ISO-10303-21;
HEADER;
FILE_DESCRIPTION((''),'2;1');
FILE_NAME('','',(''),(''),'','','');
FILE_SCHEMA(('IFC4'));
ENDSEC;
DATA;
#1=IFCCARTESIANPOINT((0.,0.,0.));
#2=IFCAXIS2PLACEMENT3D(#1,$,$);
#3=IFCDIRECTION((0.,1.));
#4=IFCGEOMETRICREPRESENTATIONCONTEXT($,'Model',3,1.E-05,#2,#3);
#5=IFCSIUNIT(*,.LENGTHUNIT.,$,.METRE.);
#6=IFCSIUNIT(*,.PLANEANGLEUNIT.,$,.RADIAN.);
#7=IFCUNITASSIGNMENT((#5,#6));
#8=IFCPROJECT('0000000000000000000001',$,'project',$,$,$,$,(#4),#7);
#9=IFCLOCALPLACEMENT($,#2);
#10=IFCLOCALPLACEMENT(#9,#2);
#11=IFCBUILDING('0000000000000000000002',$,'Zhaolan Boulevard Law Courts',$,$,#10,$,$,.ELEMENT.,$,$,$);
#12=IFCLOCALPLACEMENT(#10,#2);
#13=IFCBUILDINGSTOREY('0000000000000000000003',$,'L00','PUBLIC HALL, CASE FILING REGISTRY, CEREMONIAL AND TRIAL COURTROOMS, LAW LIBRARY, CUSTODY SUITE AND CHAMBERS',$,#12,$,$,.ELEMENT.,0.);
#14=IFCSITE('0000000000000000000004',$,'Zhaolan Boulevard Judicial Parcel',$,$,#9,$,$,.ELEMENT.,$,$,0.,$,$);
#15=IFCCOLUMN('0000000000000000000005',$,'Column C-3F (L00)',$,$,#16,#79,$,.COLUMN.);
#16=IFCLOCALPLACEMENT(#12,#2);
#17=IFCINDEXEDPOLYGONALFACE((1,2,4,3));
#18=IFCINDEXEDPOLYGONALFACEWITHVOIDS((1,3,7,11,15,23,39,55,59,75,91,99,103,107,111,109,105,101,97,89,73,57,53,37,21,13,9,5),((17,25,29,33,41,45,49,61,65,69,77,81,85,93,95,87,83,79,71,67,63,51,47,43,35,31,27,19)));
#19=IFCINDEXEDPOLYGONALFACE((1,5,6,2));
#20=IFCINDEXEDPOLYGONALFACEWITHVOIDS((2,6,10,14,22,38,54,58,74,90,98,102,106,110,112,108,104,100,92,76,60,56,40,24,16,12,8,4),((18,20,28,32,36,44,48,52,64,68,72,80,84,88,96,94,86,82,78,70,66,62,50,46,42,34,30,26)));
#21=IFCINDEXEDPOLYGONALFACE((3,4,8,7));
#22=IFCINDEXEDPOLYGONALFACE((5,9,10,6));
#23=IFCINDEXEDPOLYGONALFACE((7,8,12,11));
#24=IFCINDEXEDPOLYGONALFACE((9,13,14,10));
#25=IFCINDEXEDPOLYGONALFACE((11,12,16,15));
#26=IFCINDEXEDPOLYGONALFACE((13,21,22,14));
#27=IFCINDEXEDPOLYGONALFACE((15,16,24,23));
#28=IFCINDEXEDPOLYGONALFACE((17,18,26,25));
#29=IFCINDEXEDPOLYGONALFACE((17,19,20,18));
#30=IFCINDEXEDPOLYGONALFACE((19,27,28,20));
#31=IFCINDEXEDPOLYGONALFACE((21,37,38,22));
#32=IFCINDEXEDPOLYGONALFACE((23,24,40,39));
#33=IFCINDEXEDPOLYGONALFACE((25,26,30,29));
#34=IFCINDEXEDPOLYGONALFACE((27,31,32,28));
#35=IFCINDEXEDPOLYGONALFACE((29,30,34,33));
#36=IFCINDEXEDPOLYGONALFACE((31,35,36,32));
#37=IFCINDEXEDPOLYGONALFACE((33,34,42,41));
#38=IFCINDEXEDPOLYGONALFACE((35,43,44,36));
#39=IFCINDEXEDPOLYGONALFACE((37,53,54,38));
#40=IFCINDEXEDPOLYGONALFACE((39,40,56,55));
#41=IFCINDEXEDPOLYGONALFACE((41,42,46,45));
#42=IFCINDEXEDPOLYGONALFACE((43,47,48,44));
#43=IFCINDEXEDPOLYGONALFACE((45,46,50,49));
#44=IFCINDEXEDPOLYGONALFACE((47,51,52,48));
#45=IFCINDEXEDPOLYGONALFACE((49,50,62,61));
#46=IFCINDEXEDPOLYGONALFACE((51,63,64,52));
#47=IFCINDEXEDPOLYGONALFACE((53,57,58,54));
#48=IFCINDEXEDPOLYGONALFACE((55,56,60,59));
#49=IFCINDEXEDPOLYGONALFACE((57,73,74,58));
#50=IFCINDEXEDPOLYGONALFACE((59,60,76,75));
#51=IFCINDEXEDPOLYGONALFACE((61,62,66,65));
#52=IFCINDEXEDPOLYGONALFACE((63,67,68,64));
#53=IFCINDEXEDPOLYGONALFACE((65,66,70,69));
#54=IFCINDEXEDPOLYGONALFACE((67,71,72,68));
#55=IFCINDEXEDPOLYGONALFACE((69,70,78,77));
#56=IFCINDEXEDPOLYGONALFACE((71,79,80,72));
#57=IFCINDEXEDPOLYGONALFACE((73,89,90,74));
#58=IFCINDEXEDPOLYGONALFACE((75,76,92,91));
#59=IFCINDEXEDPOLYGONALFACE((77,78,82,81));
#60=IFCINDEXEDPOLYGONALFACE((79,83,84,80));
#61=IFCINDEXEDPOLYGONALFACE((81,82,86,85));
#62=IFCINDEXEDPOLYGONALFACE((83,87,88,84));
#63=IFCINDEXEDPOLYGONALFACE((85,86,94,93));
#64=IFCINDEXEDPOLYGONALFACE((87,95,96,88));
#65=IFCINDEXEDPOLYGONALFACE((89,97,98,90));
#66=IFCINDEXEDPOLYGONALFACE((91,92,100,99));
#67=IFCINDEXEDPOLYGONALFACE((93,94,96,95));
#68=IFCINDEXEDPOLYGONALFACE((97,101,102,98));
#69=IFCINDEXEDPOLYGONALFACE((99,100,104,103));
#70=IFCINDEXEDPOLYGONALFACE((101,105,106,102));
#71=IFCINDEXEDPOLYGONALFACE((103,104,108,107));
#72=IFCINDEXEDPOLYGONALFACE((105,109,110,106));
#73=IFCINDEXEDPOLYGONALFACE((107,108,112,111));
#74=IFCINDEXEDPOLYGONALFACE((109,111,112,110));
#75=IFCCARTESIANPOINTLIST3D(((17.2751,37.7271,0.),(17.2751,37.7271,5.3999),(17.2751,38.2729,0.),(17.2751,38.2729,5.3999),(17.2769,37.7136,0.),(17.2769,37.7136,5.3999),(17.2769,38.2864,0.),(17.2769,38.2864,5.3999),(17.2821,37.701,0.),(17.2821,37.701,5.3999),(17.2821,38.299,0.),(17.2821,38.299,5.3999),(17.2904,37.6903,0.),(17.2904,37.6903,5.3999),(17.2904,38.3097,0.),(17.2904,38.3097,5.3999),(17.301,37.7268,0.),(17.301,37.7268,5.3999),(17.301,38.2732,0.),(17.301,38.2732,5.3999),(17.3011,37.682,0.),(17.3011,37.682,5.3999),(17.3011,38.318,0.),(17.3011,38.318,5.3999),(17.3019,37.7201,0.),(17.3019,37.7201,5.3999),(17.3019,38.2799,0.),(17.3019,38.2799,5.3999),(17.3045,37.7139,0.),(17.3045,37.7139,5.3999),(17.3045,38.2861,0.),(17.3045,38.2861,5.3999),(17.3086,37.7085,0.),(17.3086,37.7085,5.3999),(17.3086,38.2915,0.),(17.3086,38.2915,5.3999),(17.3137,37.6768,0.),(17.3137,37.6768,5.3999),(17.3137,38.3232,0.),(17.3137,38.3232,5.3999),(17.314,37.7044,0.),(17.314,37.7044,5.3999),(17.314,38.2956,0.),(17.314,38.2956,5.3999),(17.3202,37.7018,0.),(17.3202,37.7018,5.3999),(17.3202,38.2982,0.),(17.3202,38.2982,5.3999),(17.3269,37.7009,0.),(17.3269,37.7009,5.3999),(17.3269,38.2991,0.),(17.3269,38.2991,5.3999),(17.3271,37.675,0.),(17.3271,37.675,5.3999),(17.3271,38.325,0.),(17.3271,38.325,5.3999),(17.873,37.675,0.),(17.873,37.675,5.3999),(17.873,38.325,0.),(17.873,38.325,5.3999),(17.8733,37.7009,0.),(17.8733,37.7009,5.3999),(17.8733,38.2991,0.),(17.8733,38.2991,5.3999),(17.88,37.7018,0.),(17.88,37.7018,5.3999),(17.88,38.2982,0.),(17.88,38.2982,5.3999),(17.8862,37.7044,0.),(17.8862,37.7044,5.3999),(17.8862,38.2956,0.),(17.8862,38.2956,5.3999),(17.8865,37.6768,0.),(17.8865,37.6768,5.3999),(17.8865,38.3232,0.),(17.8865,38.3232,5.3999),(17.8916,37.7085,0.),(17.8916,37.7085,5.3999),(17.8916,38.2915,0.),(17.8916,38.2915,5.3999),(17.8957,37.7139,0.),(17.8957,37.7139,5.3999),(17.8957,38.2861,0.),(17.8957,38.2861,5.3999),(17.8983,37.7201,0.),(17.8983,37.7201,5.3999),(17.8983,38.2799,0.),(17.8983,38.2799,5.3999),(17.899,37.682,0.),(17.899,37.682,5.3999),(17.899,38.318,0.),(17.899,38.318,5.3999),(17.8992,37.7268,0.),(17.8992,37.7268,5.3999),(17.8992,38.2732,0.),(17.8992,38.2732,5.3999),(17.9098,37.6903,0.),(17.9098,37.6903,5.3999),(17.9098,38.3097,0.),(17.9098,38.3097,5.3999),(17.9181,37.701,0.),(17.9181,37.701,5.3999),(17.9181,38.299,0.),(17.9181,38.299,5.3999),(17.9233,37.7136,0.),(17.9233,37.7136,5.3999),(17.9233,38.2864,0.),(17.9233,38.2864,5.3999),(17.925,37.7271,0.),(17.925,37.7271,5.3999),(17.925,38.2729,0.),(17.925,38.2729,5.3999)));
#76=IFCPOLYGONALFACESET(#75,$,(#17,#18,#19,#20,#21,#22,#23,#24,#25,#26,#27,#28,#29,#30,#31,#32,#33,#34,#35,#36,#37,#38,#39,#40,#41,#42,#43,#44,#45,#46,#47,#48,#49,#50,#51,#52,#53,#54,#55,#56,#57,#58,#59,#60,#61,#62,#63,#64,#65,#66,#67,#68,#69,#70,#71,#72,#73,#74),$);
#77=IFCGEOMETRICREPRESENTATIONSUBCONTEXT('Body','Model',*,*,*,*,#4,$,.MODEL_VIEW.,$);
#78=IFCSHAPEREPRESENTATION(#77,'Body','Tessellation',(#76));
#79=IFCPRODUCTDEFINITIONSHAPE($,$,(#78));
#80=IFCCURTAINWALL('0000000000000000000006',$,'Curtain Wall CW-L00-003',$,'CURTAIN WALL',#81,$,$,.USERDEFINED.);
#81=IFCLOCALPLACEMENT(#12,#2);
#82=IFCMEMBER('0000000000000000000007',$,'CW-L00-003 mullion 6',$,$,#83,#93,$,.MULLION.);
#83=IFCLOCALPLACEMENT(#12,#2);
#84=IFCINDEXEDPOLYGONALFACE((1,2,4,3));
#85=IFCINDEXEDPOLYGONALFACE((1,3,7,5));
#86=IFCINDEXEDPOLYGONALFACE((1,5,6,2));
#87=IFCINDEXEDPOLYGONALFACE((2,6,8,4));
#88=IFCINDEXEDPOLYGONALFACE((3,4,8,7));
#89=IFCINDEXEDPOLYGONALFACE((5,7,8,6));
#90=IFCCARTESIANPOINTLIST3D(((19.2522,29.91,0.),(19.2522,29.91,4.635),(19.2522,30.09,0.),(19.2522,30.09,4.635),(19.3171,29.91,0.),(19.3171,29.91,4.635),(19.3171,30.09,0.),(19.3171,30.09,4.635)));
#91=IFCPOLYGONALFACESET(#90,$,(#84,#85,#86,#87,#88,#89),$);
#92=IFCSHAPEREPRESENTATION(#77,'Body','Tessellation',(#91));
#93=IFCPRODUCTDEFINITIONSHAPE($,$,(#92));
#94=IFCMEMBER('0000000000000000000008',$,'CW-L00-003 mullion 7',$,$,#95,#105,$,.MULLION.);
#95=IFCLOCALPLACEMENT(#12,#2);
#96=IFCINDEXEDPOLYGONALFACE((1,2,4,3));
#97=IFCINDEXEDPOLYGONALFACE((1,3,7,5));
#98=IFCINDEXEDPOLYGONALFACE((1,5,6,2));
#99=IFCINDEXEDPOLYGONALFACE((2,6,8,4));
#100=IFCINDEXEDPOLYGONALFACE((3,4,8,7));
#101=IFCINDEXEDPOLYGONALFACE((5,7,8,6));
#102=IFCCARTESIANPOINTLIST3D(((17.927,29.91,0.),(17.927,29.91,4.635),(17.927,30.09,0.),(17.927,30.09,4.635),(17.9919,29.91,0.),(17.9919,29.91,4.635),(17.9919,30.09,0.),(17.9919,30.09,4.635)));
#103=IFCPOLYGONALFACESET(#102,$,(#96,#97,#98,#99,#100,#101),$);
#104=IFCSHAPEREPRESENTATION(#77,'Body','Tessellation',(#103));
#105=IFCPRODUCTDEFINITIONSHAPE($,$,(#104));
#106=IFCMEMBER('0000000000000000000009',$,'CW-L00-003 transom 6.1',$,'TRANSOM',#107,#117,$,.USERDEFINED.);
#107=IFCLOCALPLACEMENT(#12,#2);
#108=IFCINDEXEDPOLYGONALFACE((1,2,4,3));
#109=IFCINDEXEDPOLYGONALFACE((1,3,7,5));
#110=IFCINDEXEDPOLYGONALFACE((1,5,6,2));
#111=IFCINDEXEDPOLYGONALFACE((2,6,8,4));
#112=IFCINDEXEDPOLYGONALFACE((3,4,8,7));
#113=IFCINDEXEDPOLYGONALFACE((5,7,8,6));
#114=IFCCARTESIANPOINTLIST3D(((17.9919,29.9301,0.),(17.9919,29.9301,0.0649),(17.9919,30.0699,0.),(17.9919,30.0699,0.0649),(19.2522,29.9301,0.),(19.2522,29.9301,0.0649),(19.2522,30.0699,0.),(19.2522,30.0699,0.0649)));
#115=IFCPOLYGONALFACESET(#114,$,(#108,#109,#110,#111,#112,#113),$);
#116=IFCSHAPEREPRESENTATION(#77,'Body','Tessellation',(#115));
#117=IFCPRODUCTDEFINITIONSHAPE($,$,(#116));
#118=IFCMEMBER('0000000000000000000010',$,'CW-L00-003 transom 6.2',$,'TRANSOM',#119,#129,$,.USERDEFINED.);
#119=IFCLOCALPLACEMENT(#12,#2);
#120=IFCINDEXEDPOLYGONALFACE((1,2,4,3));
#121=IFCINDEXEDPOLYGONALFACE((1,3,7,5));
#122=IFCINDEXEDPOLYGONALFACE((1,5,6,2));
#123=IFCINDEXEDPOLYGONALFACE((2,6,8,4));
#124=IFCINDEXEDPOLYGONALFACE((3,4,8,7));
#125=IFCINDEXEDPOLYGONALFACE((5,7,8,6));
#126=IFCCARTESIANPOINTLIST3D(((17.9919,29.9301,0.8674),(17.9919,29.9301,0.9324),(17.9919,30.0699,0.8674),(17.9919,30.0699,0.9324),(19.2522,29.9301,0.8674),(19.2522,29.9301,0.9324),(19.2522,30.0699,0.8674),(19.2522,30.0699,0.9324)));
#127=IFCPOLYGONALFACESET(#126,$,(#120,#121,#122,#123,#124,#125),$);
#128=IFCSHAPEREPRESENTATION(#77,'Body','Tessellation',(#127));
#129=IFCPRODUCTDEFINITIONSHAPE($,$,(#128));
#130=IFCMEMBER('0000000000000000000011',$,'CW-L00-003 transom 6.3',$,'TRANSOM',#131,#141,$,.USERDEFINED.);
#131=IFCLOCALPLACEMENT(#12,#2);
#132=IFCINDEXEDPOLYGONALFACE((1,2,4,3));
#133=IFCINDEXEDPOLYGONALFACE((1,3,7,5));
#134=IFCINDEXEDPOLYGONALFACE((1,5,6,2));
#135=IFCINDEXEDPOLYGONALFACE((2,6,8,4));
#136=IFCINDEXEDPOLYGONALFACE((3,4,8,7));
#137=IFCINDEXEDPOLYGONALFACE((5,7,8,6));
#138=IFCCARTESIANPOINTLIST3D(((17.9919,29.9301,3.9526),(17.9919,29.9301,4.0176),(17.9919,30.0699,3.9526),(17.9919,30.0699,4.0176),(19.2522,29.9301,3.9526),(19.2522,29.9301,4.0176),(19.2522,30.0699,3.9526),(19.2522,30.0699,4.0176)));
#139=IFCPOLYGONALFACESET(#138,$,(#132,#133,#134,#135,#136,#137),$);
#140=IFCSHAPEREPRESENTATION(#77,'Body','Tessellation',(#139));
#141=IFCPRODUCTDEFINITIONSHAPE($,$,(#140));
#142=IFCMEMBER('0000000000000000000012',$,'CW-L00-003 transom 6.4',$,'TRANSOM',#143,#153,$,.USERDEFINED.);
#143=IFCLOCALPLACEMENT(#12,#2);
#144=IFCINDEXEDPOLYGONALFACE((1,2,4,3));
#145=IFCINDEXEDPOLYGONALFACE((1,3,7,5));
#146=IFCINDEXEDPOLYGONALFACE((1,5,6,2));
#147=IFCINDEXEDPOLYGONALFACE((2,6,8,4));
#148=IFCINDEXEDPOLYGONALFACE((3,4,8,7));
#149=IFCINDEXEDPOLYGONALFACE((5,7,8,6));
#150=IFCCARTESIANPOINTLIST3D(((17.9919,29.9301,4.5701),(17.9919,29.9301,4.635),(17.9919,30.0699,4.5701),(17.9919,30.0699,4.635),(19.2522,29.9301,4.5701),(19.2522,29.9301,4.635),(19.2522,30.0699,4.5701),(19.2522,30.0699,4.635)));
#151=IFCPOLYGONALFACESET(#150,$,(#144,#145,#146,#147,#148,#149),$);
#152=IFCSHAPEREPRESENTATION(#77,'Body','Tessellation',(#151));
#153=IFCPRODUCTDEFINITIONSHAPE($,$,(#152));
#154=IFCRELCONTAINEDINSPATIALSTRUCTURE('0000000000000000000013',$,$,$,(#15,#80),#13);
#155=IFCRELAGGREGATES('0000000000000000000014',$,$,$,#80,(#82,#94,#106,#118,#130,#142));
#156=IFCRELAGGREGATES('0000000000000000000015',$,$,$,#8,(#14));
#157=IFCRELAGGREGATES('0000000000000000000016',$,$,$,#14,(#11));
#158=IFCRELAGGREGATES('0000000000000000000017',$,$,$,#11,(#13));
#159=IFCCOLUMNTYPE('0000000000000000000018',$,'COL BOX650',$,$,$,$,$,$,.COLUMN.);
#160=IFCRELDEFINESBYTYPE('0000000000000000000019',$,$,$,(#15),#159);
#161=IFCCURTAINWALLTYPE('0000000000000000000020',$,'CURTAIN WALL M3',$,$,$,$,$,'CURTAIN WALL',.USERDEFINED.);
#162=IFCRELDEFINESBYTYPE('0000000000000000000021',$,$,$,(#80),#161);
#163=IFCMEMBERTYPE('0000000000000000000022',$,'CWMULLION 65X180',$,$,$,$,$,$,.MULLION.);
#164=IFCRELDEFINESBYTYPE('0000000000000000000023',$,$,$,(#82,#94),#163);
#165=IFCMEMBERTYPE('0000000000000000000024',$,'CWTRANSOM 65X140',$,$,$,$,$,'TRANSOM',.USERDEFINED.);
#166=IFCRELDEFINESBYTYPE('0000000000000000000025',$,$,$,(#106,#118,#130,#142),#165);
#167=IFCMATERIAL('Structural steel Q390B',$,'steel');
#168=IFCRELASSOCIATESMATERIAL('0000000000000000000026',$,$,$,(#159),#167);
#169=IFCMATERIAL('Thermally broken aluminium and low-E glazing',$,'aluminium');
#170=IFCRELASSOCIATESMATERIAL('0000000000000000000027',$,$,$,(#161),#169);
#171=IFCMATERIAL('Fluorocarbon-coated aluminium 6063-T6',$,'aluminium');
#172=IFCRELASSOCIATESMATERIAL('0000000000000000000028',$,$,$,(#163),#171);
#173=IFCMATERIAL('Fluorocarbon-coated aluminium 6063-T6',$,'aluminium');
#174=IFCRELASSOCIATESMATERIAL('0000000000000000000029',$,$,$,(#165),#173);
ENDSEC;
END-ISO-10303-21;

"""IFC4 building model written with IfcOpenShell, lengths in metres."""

from ifc_helpers import new_model, si_unit, direction, frame, origin, origin_2d, place, context, subcontext, project, spatial, rectangle, hollow_rectangle, extrude, material, material_profile, profile_set, type_object, element, aggregate, save


model = new_model("IFC4")

# Units and contexts
model_context = context("Model", 3, precision=1e-05, world=origin(), true_north=direction((0.0, 1.0)))
body_context = subcontext(model_context, "Body", "Model", "MODEL_VIEW")
ifc_project = project(units=[si_unit("LENGTHUNIT", "METRE"), si_unit("PLANEANGLEUNIT", "RADIAN")], contexts=[model_context])

# Site, building, storey
site_placement = place(None, origin())
site = spatial("IfcSite", under=ifc_project, at=site_placement, Name="Zhaolan Boulevard Judicial Parcel", CompositionType="ELEMENT", RefElevation=0.0)
building_placement = place(site_placement, origin())
building = spatial("IfcBuilding", under=site, at=building_placement, Name="Zhaolan Boulevard Law Courts", CompositionType="ELEMENT")
storey_placement = place(building_placement, origin())
storey = spatial("IfcBuildingStorey", under=building, at=storey_placement, Name="L00", Description="PUBLIC HALL, CASE FILING REGISTRY, CEREMONIAL AND TRIAL COURTROOMS, LAW LIBRARY, CUSTODY SUITE AND CHAMBERS", CompositionType="ELEMENT", Elevation=0.0)

# Column
ifc_material_1 = material(Name="Structural steel Q390B", Category="steel")
ifc_material_profile_1 = material_profile(ifc_material_1, hollow_rectangle(XDim=0.6499, YDim=0.6499, WallThickness=0.0259, InnerFilletRadius=0.0259, OuterFilletRadius=0.052, at=origin_2d()), Name="BOX650x650x26")
ifc_profile_set_1 = profile_set([ifc_material_profile_1], Name="Structural steel Q390B")
column_type = type_object("IfcColumnType", Name="COL BOX650", PredefinedType="COLUMN", material=ifc_profile_set_1)
column_placement = place(storey_placement, frame((17.6001, 38.0, 0.0), z_axis=(0.0, 0.0, 1.0), x_axis=(1.0, 0.0, 0.0)))
element("IfcColumn", 1, at=column_placement, inside=storey, type_object=column_type, Name="Column C-3F (L00)", PredefinedType="COLUMN", context=body_context, shape_type="SweptSolid", body=[
    extrude(hollow_rectangle(XDim=0.6499, YDim=0.6499, WallThickness=0.0259, InnerFilletRadius=0.0259, OuterFilletRadius=0.052, at=origin_2d()), origin(), (0.0, 0.0, 1.0), 5.3999),
])

# Curtain wall, members
ifc_material_2 = material(Name="Thermally broken aluminium and low-E glazing", Category="aluminium")
curtain_wall_type = type_object("IfcCurtainWallType", Name="CURTAIN WALL M3", ElementType="CURTAIN WALL", PredefinedType="USERDEFINED", material=ifc_material_2)
curtain_wall_placement = place(storey_placement, origin())
curtain_wall = element("IfcCurtainWall", 2, at=curtain_wall_placement, inside=storey, type_object=curtain_wall_type, Name="Curtain Wall CW-L00-003", ObjectType="CURTAIN WALL", PredefinedType="USERDEFINED")
ifc_material_3 = material(Name="Fluorocarbon-coated aluminium 6063-T6", Category="aluminium")
ifc_material_profile_2 = material_profile(ifc_material_3, rectangle(XDim=0.1799, YDim=0.0649, at=origin_2d()), Name="AL65x180")
ifc_profile_set_2 = profile_set([ifc_material_profile_2], Name="Fluorocarbon-coated aluminium 6063-T6")
member_type_1 = type_object("IfcMemberType", Name="CWMULLION 65X180", PredefinedType="MULLION", material=ifc_profile_set_2)
member_1_placement = place(storey_placement, frame((19.2847, 30.0, 0.0), z_axis=(0.0, 0.0, 1.0), x_axis=(0.0, -1.0, 0.0)))
member_1 = element("IfcMember", 3, at=member_1_placement, type_object=member_type_1, Name="CW-L00-003 mullion 6", PredefinedType="MULLION", context=body_context, shape_type="SweptSolid", body=[
    extrude(rectangle(XDim=0.1799, YDim=0.0649, at=origin_2d()), origin(), (0.0, 0.0, 1.0), 4.635),
])
member_2_placement = place(storey_placement, frame((17.9595, 30.0, 0.0), z_axis=(0.0, 0.0, 1.0), x_axis=(0.0, -1.0, 0.0)))
member_2 = element("IfcMember", 4, at=member_2_placement, type_object=member_type_1, Name="CW-L00-003 mullion 7", PredefinedType="MULLION", context=body_context, shape_type="SweptSolid", body=[
    extrude(rectangle(XDim=0.1799, YDim=0.0649, at=origin_2d()), origin(), (0.0, 0.0, 1.0), 4.635),
])
ifc_material_4 = material(Name="Fluorocarbon-coated aluminium 6063-T6", Category="aluminium")
ifc_material_profile_3 = material_profile(ifc_material_4, rectangle(XDim=0.1399, YDim=0.0649, at=origin_2d()), Name="AL65x140")
ifc_profile_set_3 = profile_set([ifc_material_profile_3], Name="Fluorocarbon-coated aluminium 6063-T6")
member_type_2 = type_object("IfcMemberType", Name="CWTRANSOM 65X140", ElementType="TRANSOM", PredefinedType="USERDEFINED", material=ifc_profile_set_3)
member_3_placement = place(storey_placement, frame((19.2522, 30.0, 0.0325), z_axis=(-1.0, 0.0, 0.0), x_axis=(0.0, -1.0, 0.0)))
member_3 = element("IfcMember", 5, at=member_3_placement, type_object=member_type_2, Name="CW-L00-003 transom 6.1", ObjectType="TRANSOM", PredefinedType="USERDEFINED", context=body_context, shape_type="SweptSolid", body=[
    extrude(rectangle(XDim=0.1399, YDim=0.0649, at=origin_2d()), origin(), (0.0, 0.0, 1.0), 1.2603),
])
member_4_placement = place(storey_placement, frame((19.2522, 30.0, 0.8999), z_axis=(-1.0, 0.0, 0.0), x_axis=(0.0, -1.0, 0.0)))
member_4 = element("IfcMember", 6, at=member_4_placement, type_object=member_type_2, Name="CW-L00-003 transom 6.2", ObjectType="TRANSOM", PredefinedType="USERDEFINED", context=body_context, shape_type="SweptSolid", body=[
    extrude(rectangle(XDim=0.1399, YDim=0.0649, at=origin_2d()), origin(), (0.0, 0.0, 1.0), 1.2603),
])
member_5_placement = place(storey_placement, frame((19.2522, 30.0, 3.9851), z_axis=(-1.0, 0.0, 0.0), x_axis=(0.0, -1.0, 0.0)))
member_5 = element("IfcMember", 7, at=member_5_placement, type_object=member_type_2, Name="CW-L00-003 transom 6.3", ObjectType="TRANSOM", PredefinedType="USERDEFINED", context=body_context, shape_type="SweptSolid", body=[
    extrude(rectangle(XDim=0.1399, YDim=0.0649, at=origin_2d()), origin(), (0.0, 0.0, 1.0), 1.2603),
])
member_6_placement = place(storey_placement, frame((19.2522, 30.0, 4.6025), z_axis=(-1.0, 0.0, 0.0), x_axis=(0.0, -1.0, 0.0)))
member_6 = element("IfcMember", 8, at=member_6_placement, type_object=member_type_2, Name="CW-L00-003 transom 6.4", ObjectType="TRANSOM", PredefinedType="USERDEFINED", context=body_context, shape_type="SweptSolid", body=[
    extrude(rectangle(XDim=0.1399, YDim=0.0649, at=origin_2d()), origin(), (0.0, 0.0, 1.0), 1.2603),
])

aggregate(curtain_wall, [member_1, member_2, member_3, member_4, member_5, member_6])

save(model, "model.ifc")
